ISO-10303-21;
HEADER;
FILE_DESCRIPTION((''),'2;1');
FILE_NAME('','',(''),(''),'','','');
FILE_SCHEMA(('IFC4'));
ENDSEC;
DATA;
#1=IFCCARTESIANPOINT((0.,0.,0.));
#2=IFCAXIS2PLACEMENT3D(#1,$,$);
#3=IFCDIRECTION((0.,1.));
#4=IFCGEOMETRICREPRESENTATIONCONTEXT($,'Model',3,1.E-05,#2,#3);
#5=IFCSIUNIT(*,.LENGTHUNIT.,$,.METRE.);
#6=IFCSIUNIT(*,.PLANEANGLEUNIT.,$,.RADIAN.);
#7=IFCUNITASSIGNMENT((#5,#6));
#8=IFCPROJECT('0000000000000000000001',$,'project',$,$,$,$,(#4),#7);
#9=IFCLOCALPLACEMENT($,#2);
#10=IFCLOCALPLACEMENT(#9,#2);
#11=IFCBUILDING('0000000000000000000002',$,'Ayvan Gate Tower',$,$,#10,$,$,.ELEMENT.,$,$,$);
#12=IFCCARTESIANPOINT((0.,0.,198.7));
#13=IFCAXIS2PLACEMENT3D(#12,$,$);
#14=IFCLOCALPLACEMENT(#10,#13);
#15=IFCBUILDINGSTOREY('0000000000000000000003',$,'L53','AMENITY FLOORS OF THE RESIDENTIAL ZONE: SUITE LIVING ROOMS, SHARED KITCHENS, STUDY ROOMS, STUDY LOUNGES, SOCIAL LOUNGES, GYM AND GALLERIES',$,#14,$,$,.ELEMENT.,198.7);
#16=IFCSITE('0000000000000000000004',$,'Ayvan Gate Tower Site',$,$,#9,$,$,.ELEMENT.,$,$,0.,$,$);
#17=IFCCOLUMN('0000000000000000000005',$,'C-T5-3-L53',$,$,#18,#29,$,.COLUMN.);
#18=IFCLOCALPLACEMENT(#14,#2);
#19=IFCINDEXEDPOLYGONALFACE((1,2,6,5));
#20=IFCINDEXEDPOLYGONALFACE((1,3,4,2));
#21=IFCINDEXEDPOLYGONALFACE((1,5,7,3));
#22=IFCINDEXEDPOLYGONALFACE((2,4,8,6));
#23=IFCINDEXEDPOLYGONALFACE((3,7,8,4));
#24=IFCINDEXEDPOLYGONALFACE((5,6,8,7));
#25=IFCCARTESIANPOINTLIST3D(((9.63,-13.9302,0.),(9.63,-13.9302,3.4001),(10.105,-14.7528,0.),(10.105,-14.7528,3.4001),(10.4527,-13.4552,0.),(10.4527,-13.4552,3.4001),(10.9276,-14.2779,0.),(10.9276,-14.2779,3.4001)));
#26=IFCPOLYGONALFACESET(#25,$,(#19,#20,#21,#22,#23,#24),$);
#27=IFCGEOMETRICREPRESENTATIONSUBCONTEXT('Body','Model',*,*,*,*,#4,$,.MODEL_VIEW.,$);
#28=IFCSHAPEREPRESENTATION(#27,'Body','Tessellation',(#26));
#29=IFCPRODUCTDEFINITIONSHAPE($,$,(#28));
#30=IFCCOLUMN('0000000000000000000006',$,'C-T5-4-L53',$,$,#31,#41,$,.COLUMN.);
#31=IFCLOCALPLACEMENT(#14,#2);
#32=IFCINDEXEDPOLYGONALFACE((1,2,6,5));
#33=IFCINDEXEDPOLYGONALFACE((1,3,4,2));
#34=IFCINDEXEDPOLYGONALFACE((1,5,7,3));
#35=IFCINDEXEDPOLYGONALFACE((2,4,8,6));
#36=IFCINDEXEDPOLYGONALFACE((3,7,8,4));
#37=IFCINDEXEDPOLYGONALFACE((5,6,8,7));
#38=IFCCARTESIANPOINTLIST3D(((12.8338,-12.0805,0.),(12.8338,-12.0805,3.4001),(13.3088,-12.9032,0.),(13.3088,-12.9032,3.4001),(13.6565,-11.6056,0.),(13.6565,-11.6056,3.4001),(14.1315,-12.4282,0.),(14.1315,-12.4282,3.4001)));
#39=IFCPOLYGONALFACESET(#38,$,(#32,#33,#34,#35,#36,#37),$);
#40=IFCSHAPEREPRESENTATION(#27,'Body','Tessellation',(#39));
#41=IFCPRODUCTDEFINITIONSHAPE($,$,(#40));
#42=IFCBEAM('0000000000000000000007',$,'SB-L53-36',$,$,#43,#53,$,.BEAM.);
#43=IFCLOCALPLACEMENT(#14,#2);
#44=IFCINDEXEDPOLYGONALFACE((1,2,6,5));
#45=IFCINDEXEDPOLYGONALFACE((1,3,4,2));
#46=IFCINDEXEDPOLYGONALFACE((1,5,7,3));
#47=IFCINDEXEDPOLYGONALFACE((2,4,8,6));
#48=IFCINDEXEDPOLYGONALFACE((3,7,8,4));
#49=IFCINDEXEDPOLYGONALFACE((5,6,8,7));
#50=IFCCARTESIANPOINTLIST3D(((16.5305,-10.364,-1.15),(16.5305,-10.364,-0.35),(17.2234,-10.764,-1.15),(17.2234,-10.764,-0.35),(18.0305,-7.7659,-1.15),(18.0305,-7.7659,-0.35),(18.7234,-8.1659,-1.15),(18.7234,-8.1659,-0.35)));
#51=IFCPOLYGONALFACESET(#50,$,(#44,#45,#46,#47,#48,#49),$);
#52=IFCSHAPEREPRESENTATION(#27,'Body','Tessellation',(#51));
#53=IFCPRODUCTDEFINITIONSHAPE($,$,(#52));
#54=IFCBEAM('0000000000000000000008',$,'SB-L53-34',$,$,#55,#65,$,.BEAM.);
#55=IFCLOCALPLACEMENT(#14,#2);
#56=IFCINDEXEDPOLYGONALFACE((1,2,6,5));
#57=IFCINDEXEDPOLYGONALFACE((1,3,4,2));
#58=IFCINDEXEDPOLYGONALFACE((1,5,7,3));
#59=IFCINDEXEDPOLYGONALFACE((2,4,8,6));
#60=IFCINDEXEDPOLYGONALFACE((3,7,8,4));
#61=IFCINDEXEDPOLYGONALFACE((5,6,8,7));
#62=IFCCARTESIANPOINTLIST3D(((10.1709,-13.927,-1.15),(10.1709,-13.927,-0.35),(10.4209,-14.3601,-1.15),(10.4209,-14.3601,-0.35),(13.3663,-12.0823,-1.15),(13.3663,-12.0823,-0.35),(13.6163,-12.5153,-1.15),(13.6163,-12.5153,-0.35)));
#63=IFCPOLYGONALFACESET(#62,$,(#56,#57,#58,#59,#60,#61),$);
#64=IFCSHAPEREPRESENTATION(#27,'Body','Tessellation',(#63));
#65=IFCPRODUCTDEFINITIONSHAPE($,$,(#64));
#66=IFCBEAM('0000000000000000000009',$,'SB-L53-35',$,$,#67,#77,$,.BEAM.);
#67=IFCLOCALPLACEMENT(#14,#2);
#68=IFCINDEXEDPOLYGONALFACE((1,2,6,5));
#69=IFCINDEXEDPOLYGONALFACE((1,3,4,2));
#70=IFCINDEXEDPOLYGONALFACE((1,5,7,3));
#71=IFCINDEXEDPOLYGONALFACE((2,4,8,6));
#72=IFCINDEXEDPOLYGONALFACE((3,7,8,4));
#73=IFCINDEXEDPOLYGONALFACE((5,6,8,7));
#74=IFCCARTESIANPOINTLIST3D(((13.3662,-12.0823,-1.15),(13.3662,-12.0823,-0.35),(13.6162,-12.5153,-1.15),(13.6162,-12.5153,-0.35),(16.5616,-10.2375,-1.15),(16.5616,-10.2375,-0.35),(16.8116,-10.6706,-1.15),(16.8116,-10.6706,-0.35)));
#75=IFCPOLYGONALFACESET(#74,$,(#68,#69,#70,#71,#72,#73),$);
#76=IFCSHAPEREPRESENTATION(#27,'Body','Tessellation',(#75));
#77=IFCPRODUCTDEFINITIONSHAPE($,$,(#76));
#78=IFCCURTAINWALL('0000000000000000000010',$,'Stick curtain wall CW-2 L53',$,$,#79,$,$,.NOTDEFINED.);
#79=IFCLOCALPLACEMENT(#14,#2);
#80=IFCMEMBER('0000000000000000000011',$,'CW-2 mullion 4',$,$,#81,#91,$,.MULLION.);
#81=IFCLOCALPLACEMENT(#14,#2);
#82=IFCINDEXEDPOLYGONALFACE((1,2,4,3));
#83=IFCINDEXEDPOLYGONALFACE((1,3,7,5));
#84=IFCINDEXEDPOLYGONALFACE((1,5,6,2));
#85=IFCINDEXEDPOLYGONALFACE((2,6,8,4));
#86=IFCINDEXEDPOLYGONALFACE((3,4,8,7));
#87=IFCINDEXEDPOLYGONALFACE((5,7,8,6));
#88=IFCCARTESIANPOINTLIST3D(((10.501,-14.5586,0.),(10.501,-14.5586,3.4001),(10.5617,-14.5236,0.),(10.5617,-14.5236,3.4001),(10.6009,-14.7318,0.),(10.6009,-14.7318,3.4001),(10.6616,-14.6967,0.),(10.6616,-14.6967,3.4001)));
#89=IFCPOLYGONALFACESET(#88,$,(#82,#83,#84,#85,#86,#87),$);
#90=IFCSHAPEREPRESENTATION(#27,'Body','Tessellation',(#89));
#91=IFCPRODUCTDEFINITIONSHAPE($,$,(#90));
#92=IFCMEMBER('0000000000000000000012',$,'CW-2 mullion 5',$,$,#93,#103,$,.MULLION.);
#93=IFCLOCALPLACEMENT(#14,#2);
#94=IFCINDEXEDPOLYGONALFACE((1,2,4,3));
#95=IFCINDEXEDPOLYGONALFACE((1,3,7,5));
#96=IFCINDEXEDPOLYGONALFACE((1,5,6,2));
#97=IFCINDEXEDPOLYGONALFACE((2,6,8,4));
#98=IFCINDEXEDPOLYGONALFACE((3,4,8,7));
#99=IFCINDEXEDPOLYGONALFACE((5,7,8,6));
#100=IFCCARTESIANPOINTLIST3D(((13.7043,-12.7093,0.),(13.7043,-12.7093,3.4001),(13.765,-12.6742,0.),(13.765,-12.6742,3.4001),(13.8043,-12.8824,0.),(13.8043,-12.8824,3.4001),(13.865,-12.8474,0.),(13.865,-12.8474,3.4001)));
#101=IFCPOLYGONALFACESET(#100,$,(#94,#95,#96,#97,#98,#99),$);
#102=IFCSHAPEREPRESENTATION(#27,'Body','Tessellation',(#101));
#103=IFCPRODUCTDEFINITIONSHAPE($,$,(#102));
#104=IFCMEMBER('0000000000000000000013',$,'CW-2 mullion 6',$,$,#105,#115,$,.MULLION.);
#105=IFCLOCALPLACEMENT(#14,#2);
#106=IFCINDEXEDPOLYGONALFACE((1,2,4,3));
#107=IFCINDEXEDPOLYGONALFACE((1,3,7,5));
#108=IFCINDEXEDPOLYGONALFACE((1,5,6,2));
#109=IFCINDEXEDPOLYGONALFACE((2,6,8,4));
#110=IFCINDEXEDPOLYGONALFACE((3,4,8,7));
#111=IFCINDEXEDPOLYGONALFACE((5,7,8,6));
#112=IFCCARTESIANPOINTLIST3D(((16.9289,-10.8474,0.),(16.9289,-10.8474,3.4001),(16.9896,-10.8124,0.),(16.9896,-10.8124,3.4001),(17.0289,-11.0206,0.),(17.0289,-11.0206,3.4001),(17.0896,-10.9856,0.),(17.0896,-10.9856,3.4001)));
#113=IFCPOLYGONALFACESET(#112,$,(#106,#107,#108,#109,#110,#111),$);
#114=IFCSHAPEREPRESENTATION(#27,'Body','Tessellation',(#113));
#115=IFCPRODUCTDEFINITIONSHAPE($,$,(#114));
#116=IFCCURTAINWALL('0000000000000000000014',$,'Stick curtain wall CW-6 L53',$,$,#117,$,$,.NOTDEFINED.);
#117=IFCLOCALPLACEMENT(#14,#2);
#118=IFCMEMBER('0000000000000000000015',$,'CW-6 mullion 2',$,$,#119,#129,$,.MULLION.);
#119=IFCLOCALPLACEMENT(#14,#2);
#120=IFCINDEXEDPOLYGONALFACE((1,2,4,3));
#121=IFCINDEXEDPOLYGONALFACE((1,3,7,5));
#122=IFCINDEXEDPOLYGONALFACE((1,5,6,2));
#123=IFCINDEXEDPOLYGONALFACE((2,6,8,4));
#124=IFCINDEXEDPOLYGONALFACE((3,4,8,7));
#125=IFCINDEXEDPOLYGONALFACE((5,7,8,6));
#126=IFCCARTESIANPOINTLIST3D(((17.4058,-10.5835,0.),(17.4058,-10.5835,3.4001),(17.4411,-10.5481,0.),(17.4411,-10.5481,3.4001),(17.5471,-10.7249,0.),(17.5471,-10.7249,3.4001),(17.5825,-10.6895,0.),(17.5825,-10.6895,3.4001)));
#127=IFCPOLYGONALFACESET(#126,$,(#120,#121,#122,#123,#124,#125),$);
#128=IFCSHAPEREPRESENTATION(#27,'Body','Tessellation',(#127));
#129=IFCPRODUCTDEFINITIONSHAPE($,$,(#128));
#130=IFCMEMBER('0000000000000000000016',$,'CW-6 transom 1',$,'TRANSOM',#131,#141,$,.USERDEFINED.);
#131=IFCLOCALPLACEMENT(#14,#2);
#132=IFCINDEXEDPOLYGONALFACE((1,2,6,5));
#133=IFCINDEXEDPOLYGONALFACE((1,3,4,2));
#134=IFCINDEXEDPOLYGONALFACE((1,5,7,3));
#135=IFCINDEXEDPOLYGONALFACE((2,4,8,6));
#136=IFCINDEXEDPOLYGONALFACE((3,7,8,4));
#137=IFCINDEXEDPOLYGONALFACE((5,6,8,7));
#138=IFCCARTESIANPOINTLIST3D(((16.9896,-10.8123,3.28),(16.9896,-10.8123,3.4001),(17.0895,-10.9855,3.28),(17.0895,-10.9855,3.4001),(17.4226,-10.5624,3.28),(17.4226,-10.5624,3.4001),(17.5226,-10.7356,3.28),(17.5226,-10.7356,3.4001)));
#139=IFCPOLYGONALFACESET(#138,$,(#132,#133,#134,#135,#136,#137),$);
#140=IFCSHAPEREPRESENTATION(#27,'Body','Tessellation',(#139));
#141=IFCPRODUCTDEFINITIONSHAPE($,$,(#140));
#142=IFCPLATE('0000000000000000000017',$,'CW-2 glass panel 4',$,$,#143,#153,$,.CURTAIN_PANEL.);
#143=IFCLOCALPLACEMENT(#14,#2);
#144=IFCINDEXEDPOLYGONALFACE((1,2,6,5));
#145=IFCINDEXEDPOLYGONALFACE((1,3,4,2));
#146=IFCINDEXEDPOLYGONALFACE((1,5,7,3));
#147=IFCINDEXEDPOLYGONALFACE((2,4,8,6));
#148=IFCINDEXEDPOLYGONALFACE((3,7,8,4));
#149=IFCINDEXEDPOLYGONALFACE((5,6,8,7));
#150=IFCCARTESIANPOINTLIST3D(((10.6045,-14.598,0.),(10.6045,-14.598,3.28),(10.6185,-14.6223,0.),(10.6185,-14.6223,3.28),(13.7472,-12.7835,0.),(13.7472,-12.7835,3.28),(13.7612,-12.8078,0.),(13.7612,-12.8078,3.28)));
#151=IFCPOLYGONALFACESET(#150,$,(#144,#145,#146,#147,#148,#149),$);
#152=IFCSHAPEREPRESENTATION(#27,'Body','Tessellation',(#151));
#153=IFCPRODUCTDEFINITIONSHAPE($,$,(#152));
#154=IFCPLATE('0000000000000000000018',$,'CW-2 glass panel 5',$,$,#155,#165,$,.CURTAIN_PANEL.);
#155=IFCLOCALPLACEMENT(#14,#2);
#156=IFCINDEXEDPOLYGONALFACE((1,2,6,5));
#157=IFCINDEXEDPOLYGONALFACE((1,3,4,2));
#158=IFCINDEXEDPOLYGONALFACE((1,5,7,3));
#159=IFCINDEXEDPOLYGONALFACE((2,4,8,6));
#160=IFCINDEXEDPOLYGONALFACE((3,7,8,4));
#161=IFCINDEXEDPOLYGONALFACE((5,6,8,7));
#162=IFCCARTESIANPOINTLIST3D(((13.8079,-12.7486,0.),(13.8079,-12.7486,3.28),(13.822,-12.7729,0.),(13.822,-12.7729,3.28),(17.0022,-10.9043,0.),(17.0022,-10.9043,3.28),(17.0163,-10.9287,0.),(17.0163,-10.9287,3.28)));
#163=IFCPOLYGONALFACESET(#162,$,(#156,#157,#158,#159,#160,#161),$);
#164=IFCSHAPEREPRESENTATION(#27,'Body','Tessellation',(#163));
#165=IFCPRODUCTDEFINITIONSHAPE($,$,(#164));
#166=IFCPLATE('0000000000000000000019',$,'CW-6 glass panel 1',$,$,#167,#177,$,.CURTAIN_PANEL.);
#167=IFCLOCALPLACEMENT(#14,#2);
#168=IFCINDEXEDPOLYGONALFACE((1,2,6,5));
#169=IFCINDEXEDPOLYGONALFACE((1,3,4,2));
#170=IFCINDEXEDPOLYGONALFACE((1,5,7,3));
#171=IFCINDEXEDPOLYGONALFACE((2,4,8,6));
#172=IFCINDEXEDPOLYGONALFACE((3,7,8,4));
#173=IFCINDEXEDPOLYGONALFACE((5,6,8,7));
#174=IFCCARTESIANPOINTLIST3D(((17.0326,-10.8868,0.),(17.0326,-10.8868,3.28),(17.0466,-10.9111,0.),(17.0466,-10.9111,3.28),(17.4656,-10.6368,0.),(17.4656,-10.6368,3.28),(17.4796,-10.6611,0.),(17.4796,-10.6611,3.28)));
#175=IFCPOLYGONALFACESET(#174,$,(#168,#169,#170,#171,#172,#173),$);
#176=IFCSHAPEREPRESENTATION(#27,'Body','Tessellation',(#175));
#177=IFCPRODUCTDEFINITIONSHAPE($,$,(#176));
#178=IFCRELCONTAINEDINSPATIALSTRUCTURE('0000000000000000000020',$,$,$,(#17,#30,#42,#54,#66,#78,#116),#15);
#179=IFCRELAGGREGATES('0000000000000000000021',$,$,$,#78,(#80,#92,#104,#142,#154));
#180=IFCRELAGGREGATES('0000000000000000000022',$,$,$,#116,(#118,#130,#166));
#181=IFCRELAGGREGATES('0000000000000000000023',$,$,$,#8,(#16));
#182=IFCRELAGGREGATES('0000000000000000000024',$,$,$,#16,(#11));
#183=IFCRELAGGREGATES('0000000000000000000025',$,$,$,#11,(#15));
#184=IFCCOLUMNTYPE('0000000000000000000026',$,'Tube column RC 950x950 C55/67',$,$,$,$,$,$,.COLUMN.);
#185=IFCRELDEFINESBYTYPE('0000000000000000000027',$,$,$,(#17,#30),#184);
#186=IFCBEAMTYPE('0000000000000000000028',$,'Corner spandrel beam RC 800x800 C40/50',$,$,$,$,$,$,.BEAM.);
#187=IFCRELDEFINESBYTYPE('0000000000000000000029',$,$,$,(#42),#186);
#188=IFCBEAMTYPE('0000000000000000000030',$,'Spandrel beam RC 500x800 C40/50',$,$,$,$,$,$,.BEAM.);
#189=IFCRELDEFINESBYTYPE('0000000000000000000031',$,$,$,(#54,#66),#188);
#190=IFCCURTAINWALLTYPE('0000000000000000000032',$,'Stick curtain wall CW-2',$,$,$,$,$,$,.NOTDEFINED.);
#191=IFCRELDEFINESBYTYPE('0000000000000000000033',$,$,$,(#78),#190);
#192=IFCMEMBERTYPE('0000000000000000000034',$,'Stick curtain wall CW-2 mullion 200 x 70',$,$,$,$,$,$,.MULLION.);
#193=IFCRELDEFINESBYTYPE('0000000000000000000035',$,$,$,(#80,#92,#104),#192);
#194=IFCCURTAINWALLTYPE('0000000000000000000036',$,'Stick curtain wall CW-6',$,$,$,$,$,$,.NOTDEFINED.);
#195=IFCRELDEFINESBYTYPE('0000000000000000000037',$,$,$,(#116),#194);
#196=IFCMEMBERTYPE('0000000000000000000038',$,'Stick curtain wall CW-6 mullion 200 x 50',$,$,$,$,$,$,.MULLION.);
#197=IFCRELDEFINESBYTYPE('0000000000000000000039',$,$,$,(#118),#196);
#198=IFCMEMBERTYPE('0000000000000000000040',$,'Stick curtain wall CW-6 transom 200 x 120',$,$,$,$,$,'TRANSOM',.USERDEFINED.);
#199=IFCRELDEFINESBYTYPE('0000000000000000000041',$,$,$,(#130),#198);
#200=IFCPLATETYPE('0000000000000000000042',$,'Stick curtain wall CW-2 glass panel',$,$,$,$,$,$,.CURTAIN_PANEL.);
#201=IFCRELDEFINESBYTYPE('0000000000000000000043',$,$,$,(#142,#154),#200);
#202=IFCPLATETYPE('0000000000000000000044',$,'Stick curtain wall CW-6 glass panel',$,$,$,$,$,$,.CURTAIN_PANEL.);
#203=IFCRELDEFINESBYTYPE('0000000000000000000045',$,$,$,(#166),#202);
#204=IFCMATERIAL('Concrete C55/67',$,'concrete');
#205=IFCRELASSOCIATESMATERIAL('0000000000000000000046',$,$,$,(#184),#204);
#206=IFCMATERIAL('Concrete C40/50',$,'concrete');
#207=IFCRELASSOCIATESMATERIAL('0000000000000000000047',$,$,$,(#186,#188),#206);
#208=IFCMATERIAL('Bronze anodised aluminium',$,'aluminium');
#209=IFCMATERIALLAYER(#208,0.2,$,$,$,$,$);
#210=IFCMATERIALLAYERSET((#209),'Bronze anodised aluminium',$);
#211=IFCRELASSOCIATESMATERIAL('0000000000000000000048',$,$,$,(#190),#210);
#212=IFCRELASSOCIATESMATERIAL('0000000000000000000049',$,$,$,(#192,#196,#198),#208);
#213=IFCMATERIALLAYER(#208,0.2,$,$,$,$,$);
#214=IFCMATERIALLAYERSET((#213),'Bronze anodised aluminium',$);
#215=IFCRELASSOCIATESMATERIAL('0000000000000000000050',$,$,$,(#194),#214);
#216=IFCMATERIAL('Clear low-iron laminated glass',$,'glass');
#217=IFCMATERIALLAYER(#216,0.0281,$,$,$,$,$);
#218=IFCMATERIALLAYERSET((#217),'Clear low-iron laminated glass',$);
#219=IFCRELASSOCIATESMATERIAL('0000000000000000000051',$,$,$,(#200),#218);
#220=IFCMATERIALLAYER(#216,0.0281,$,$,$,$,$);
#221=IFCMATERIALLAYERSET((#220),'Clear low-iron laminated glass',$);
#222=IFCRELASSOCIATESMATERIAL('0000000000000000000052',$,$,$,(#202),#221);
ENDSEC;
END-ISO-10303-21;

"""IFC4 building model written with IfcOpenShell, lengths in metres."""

from ifc_helpers import new_model, si_unit, direction, frame, origin, origin_2d, place, context, subcontext, project, spatial, rectangle, extrude, material, layer, layer_set, material_profile, profile_set, type_object, element, aggregate, save


model = new_model("IFC4")

# Units and contexts
model_context = context("Model", 3, precision=1e-05, world=origin(), true_north=direction((0.0, 1.0)))
body_context = subcontext(model_context, "Body", "Model", "MODEL_VIEW")
ifc_project = project(units=[si_unit("LENGTHUNIT", "METRE"), si_unit("PLANEANGLEUNIT", "RADIAN")], contexts=[model_context])

# Site, building, storey
site_placement = place(None, origin())
site = spatial("IfcSite", under=ifc_project, at=site_placement, Name="Ayvan Gate Tower Site", CompositionType="ELEMENT", RefElevation=0.0)
building_placement = place(site_placement, origin())
building = spatial("IfcBuilding", under=site, at=building_placement, Name="Ayvan Gate Tower", CompositionType="ELEMENT")
storey_placement = place(building_placement, frame((0.0, 0.0, 198.7)))
storey = spatial("IfcBuildingStorey", under=building, at=storey_placement, Name="L53", Description="AMENITY FLOORS OF THE RESIDENTIAL ZONE: SUITE LIVING ROOMS, SHARED KITCHENS, STUDY ROOMS, STUDY LOUNGES, SOCIAL LOUNGES, GYM AND GALLERIES", CompositionType="ELEMENT", Elevation=198.7)

# Columns
ifc_material_1 = material(Name="Concrete C55/67", Category="concrete")
ifc_material_profile_1 = material_profile(ifc_material_1, rectangle(XDim=0.95, YDim=0.95, at=origin_2d()), Name="RC 950x950")
ifc_profile_set_1 = profile_set([ifc_material_profile_1], Name="Concrete C55/67")
column_type = type_object("IfcColumnType", Name="Tube column RC 950x950 C55/67", PredefinedType="COLUMN", material=ifc_profile_set_1)
for number, where, z_axis, x_axis, name in (
    (1, (10.2788, -14.104, 0.0), (0.0, 0.0, 1.0), (0.5, -0.866025, 0.0), "C-T5-3-L53"),
    (2, (13.4827, -12.2544, 0.0), (0.0, 0.0, 1.0), (0.5, -0.866025, 0.0), "C-T5-4-L53"),
):
    element("IfcColumn", number, at=place(storey_placement, frame(where, z_axis=z_axis, x_axis=x_axis)), inside=storey, type_object=column_type, Name=name, PredefinedType="COLUMN", context=body_context, shape_type="SweptSolid", body=[
        extrude(rectangle(XDim=0.95, YDim=0.95, at=origin_2d()), origin(), (0.0, 0.0, 1.0), 3.4001),
    ])

# Beams
ifc_material_2 = material(Name="Concrete C40/50", Category="concrete")
ifc_material_profile_2 = material_profile(ifc_material_2, rectangle(XDim=0.8, YDim=0.8, at=origin_2d()), Name="RC 800x800")
ifc_profile_set_2 = profile_set([ifc_material_profile_2], Name="Concrete C40/50")
beam_type_1 = type_object("IfcBeamType", Name="Corner spandrel beam RC 800x800 C40/50", PredefinedType="BEAM", material=ifc_profile_set_2)
beam_placement = place(storey_placement, frame((16.877, -10.564, -0.75), z_axis=(0.49999, 0.866031, 0.0), x_axis=(-0.866031, 0.49999, 0.0)))
element("IfcBeam", 3, at=beam_placement, inside=storey, type_object=beam_type_1, Name="SB-L53-36", PredefinedType="BEAM", context=body_context, shape_type="SweptSolid", body=[
    extrude(rectangle(XDim=0.8, YDim=0.8, at=origin_2d()), origin(), (0.0, 0.0, 1.0), 3.0),
])
ifc_material_profile_3 = material_profile(ifc_material_2, rectangle(XDim=0.5, YDim=0.8, at=origin_2d()), Name="RC 500x800")
ifc_profile_set_3 = profile_set([ifc_material_profile_3], Name="Concrete C40/50")
beam_type_2 = type_object("IfcBeamType", Name="Spandrel beam RC 500x800 C40/50", PredefinedType="BEAM", material=ifc_profile_set_3)
for number, where, z_axis, x_axis, name in (
    (4, (10.2959, -14.1436, -0.75), (0.866036, 0.499982, 0.0), (-0.499982, 0.866036, 0.0), "SB-L53-34"),
    (5, (13.4912, -12.2988, -0.75), (0.866036, 0.499982, 0.0), (-0.499982, 0.866036, 0.0), "SB-L53-35"),
):
    element("IfcBeam", number, at=place(storey_placement, frame(where, z_axis=z_axis, x_axis=x_axis)), inside=storey, type_object=beam_type_2, Name=name, PredefinedType="BEAM", context=body_context, shape_type="SweptSolid", body=[
        extrude(rectangle(XDim=0.5, YDim=0.8, at=origin_2d()), origin(), (0.0, 0.0, 1.0), 3.6897),
    ])

# Curtain walls, members
ifc_material_3 = material(Name="Bronze anodised aluminium", Category="aluminium")
ifc_layer_1 = layer(ifc_material_3, 0.2)
ifc_layer_set_1 = layer_set([ifc_layer_1], Name="Bronze anodised aluminium")
curtain_wall_type_1 = type_object("IfcCurtainWallType", Name="Stick curtain wall CW-2", PredefinedType="NOTDEFINED", material=ifc_layer_set_1)
curtain_wall_1_placement = place(storey_placement, origin())
curtain_wall_1 = element("IfcCurtainWall", 6, at=curtain_wall_1_placement, inside=storey, type_object=curtain_wall_type_1, Name="Stick curtain wall CW-2 L53", PredefinedType="NOTDEFINED")
ifc_material_profile_4 = material_profile(ifc_material_3, rectangle(XDim=0.2, YDim=0.0701, at=origin_2d()), Name="Stick curtain wall CW-2 mullion 200 x 70")
ifc_profile_set_4 = profile_set([ifc_material_profile_4], Name="Bronze anodised aluminium")
member_type_1 = type_object("IfcMemberType", Name="Stick curtain wall CW-2 mullion 200 x 70", PredefinedType="MULLION", material=ifc_profile_set_4)
member_1_placement = place(storey_placement, frame((10.5813, -14.6277, 0.0), z_axis=(0.0, 0.0, 1.0), x_axis=(0.5, -0.866025, 0.0)))
member_1 = element("IfcMember", 7, at=member_1_placement, type_object=member_type_1, Name="CW-2 mullion 4", PredefinedType="MULLION", context=body_context, shape_type="SweptSolid", body=[
    extrude(rectangle(XDim=0.2, YDim=0.0701, at=origin_2d()), origin(), (0.0, 0.0, 1.0), 3.4001),
])
member_2_placement = place(storey_placement, frame((13.7847, -12.7783, 0.0), z_axis=(0.0, 0.0, 1.0), x_axis=(0.5, -0.866025, 0.0)))
member_2 = element("IfcMember", 8, at=member_2_placement, type_object=member_type_1, Name="CW-2 mullion 5", PredefinedType="MULLION", context=body_context, shape_type="SweptSolid", body=[
    extrude(rectangle(XDim=0.2, YDim=0.0701, at=origin_2d()), origin(), (0.0, 0.0, 1.0), 3.4001),
])
member_3_placement = place(storey_placement, frame((17.0093, -10.9165, 0.0), z_axis=(0.0, 0.0, 1.0), x_axis=(0.5, -0.866025, 0.0)))
member_3 = element("IfcMember", 9, at=member_3_placement, type_object=member_type_1, Name="CW-2 mullion 6", PredefinedType="MULLION", context=body_context, shape_type="SweptSolid", body=[
    extrude(rectangle(XDim=0.2, YDim=0.0701, at=origin_2d()), origin(), (0.0, 0.0, 1.0), 3.4001),
])
ifc_layer_2 = layer(ifc_material_3, 0.2)
ifc_layer_set_2 = layer_set([ifc_layer_2], Name="Bronze anodised aluminium")
curtain_wall_type_2 = type_object("IfcCurtainWallType", Name="Stick curtain wall CW-6", PredefinedType="NOTDEFINED", material=ifc_layer_set_2)
curtain_wall_2_placement = place(storey_placement, origin())
curtain_wall_2 = element("IfcCurtainWall", 10, at=curtain_wall_2_placement, inside=storey, type_object=curtain_wall_type_2, Name="Stick curtain wall CW-6 L53", PredefinedType="NOTDEFINED")
ifc_material_profile_5 = material_profile(ifc_material_3, rectangle(XDim=0.2, YDim=0.05, at=origin_2d()), Name="Stick curtain wall CW-6 mullion 200 x 50")
ifc_profile_set_5 = profile_set([ifc_material_profile_5], Name="Bronze anodised aluminium")
member_type_2 = type_object("IfcMemberType", Name="Stick curtain wall CW-6 mullion 200 x 50", PredefinedType="MULLION", material=ifc_profile_set_5)
member_4_placement = place(storey_placement, frame((17.4941, -10.6365, 0.0), z_axis=(0.0, 0.0, 1.0), x_axis=(0.707107, -0.707107, 0.0)))
member_4 = element("IfcMember", 11, at=member_4_placement, type_object=member_type_2, Name="CW-6 mullion 2", PredefinedType="MULLION", context=body_context, shape_type="SweptSolid", body=[
    extrude(rectangle(XDim=0.2, YDim=0.05, at=origin_2d()), origin(), (0.0, 0.0, 1.0), 3.4001),
])
ifc_material_profile_6 = material_profile(ifc_material_3, rectangle(XDim=0.2, YDim=0.1201, at=origin_2d()), Name="Stick curtain wall CW-6 transom 200 x 120")
ifc_profile_set_6 = profile_set([ifc_material_profile_6], Name="Bronze anodised aluminium")
member_type_3 = type_object("IfcMemberType", Name="Stick curtain wall CW-6 transom 200 x 120", ElementType="TRANSOM", PredefinedType="USERDEFINED", material=ifc_profile_set_6)
member_5_placement = place(storey_placement, frame((17.0396, -10.8989, 3.3401), z_axis=(0.866072, 0.49992, 0.0), x_axis=(-0.49992, 0.866072, 0.0)))
member_5 = element("IfcMember", 12, at=member_5_placement, type_object=member_type_3, Name="CW-6 transom 1", ObjectType="TRANSOM", PredefinedType="USERDEFINED", context=body_context, shape_type="SweptSolid", body=[
    extrude(rectangle(XDim=0.2, YDim=0.1201, at=origin_2d()), origin(), (0.0, 0.0, 1.0), 0.5),
])

# Plates
ifc_material_4 = material(Name="Clear low-iron laminated glass", Category="glass")
ifc_layer_3 = layer(ifc_material_4, 0.0281)
ifc_layer_set_3 = layer_set([ifc_layer_3], Name="Clear low-iron laminated glass")
plate_type_1 = type_object("IfcPlateType", Name="Stick curtain wall CW-2 glass panel", PredefinedType="CURTAIN_PANEL", material=ifc_layer_set_3)
plate_1_placement = place(storey_placement, frame((12.1829, -13.7029, 0.0), z_axis=(0.0, 0.0, 1.0), x_axis=(0.866025, 0.5, 0.0)))
plate_1 = element("IfcPlate", 13, at=plate_1_placement, type_object=plate_type_1, Name="CW-2 glass panel 4", PredefinedType="CURTAIN_PANEL", context=body_context, shape_type="SweptSolid", body=[
    extrude(rectangle(XDim=3.6289, YDim=0.0281, at=origin_2d()), origin(), (0.0, 0.0, 1.0), 3.28),
])
plate_2_placement = place(storey_placement, frame((15.4121, -11.8386, 0.0), z_axis=(0.0, 0.0, 1.0), x_axis=(0.866025, 0.5, 0.0)))
plate_2 = element("IfcPlate", 14, at=plate_2_placement, type_object=plate_type_1, Name="CW-2 glass panel 5", PredefinedType="CURTAIN_PANEL", context=body_context, shape_type="SweptSolid", body=[
    extrude(rectangle(XDim=3.6885, YDim=0.0281, at=origin_2d()), origin(), (0.0, 0.0, 1.0), 3.28),
])
aggregate(curtain_wall_1, [member_1, member_2, member_3, plate_1, plate_2])
ifc_layer_4 = layer(ifc_material_4, 0.0281)
ifc_layer_set_4 = layer_set([ifc_layer_4], Name="Clear low-iron laminated glass")
plate_type_2 = type_object("IfcPlateType", Name="Stick curtain wall CW-6 glass panel", PredefinedType="CURTAIN_PANEL", material=ifc_layer_set_4)
plate_3_placement = place(storey_placement, frame((17.2561, -10.7739, 0.0), z_axis=(0.0, 0.0, 1.0), x_axis=(0.866025, 0.5, 0.0)))
plate_3 = element("IfcPlate", 15, at=plate_3_placement, type_object=plate_type_2, Name="CW-6 glass panel 1", PredefinedType="CURTAIN_PANEL", context=body_context, shape_type="SweptSolid", body=[
    extrude(rectangle(XDim=0.5, YDim=0.0281, at=origin_2d()), origin(), (0.0, 0.0, 1.0), 3.28),
])
aggregate(curtain_wall_2, [member_4, member_5, plate_3])

save(model, "model.ifc")
